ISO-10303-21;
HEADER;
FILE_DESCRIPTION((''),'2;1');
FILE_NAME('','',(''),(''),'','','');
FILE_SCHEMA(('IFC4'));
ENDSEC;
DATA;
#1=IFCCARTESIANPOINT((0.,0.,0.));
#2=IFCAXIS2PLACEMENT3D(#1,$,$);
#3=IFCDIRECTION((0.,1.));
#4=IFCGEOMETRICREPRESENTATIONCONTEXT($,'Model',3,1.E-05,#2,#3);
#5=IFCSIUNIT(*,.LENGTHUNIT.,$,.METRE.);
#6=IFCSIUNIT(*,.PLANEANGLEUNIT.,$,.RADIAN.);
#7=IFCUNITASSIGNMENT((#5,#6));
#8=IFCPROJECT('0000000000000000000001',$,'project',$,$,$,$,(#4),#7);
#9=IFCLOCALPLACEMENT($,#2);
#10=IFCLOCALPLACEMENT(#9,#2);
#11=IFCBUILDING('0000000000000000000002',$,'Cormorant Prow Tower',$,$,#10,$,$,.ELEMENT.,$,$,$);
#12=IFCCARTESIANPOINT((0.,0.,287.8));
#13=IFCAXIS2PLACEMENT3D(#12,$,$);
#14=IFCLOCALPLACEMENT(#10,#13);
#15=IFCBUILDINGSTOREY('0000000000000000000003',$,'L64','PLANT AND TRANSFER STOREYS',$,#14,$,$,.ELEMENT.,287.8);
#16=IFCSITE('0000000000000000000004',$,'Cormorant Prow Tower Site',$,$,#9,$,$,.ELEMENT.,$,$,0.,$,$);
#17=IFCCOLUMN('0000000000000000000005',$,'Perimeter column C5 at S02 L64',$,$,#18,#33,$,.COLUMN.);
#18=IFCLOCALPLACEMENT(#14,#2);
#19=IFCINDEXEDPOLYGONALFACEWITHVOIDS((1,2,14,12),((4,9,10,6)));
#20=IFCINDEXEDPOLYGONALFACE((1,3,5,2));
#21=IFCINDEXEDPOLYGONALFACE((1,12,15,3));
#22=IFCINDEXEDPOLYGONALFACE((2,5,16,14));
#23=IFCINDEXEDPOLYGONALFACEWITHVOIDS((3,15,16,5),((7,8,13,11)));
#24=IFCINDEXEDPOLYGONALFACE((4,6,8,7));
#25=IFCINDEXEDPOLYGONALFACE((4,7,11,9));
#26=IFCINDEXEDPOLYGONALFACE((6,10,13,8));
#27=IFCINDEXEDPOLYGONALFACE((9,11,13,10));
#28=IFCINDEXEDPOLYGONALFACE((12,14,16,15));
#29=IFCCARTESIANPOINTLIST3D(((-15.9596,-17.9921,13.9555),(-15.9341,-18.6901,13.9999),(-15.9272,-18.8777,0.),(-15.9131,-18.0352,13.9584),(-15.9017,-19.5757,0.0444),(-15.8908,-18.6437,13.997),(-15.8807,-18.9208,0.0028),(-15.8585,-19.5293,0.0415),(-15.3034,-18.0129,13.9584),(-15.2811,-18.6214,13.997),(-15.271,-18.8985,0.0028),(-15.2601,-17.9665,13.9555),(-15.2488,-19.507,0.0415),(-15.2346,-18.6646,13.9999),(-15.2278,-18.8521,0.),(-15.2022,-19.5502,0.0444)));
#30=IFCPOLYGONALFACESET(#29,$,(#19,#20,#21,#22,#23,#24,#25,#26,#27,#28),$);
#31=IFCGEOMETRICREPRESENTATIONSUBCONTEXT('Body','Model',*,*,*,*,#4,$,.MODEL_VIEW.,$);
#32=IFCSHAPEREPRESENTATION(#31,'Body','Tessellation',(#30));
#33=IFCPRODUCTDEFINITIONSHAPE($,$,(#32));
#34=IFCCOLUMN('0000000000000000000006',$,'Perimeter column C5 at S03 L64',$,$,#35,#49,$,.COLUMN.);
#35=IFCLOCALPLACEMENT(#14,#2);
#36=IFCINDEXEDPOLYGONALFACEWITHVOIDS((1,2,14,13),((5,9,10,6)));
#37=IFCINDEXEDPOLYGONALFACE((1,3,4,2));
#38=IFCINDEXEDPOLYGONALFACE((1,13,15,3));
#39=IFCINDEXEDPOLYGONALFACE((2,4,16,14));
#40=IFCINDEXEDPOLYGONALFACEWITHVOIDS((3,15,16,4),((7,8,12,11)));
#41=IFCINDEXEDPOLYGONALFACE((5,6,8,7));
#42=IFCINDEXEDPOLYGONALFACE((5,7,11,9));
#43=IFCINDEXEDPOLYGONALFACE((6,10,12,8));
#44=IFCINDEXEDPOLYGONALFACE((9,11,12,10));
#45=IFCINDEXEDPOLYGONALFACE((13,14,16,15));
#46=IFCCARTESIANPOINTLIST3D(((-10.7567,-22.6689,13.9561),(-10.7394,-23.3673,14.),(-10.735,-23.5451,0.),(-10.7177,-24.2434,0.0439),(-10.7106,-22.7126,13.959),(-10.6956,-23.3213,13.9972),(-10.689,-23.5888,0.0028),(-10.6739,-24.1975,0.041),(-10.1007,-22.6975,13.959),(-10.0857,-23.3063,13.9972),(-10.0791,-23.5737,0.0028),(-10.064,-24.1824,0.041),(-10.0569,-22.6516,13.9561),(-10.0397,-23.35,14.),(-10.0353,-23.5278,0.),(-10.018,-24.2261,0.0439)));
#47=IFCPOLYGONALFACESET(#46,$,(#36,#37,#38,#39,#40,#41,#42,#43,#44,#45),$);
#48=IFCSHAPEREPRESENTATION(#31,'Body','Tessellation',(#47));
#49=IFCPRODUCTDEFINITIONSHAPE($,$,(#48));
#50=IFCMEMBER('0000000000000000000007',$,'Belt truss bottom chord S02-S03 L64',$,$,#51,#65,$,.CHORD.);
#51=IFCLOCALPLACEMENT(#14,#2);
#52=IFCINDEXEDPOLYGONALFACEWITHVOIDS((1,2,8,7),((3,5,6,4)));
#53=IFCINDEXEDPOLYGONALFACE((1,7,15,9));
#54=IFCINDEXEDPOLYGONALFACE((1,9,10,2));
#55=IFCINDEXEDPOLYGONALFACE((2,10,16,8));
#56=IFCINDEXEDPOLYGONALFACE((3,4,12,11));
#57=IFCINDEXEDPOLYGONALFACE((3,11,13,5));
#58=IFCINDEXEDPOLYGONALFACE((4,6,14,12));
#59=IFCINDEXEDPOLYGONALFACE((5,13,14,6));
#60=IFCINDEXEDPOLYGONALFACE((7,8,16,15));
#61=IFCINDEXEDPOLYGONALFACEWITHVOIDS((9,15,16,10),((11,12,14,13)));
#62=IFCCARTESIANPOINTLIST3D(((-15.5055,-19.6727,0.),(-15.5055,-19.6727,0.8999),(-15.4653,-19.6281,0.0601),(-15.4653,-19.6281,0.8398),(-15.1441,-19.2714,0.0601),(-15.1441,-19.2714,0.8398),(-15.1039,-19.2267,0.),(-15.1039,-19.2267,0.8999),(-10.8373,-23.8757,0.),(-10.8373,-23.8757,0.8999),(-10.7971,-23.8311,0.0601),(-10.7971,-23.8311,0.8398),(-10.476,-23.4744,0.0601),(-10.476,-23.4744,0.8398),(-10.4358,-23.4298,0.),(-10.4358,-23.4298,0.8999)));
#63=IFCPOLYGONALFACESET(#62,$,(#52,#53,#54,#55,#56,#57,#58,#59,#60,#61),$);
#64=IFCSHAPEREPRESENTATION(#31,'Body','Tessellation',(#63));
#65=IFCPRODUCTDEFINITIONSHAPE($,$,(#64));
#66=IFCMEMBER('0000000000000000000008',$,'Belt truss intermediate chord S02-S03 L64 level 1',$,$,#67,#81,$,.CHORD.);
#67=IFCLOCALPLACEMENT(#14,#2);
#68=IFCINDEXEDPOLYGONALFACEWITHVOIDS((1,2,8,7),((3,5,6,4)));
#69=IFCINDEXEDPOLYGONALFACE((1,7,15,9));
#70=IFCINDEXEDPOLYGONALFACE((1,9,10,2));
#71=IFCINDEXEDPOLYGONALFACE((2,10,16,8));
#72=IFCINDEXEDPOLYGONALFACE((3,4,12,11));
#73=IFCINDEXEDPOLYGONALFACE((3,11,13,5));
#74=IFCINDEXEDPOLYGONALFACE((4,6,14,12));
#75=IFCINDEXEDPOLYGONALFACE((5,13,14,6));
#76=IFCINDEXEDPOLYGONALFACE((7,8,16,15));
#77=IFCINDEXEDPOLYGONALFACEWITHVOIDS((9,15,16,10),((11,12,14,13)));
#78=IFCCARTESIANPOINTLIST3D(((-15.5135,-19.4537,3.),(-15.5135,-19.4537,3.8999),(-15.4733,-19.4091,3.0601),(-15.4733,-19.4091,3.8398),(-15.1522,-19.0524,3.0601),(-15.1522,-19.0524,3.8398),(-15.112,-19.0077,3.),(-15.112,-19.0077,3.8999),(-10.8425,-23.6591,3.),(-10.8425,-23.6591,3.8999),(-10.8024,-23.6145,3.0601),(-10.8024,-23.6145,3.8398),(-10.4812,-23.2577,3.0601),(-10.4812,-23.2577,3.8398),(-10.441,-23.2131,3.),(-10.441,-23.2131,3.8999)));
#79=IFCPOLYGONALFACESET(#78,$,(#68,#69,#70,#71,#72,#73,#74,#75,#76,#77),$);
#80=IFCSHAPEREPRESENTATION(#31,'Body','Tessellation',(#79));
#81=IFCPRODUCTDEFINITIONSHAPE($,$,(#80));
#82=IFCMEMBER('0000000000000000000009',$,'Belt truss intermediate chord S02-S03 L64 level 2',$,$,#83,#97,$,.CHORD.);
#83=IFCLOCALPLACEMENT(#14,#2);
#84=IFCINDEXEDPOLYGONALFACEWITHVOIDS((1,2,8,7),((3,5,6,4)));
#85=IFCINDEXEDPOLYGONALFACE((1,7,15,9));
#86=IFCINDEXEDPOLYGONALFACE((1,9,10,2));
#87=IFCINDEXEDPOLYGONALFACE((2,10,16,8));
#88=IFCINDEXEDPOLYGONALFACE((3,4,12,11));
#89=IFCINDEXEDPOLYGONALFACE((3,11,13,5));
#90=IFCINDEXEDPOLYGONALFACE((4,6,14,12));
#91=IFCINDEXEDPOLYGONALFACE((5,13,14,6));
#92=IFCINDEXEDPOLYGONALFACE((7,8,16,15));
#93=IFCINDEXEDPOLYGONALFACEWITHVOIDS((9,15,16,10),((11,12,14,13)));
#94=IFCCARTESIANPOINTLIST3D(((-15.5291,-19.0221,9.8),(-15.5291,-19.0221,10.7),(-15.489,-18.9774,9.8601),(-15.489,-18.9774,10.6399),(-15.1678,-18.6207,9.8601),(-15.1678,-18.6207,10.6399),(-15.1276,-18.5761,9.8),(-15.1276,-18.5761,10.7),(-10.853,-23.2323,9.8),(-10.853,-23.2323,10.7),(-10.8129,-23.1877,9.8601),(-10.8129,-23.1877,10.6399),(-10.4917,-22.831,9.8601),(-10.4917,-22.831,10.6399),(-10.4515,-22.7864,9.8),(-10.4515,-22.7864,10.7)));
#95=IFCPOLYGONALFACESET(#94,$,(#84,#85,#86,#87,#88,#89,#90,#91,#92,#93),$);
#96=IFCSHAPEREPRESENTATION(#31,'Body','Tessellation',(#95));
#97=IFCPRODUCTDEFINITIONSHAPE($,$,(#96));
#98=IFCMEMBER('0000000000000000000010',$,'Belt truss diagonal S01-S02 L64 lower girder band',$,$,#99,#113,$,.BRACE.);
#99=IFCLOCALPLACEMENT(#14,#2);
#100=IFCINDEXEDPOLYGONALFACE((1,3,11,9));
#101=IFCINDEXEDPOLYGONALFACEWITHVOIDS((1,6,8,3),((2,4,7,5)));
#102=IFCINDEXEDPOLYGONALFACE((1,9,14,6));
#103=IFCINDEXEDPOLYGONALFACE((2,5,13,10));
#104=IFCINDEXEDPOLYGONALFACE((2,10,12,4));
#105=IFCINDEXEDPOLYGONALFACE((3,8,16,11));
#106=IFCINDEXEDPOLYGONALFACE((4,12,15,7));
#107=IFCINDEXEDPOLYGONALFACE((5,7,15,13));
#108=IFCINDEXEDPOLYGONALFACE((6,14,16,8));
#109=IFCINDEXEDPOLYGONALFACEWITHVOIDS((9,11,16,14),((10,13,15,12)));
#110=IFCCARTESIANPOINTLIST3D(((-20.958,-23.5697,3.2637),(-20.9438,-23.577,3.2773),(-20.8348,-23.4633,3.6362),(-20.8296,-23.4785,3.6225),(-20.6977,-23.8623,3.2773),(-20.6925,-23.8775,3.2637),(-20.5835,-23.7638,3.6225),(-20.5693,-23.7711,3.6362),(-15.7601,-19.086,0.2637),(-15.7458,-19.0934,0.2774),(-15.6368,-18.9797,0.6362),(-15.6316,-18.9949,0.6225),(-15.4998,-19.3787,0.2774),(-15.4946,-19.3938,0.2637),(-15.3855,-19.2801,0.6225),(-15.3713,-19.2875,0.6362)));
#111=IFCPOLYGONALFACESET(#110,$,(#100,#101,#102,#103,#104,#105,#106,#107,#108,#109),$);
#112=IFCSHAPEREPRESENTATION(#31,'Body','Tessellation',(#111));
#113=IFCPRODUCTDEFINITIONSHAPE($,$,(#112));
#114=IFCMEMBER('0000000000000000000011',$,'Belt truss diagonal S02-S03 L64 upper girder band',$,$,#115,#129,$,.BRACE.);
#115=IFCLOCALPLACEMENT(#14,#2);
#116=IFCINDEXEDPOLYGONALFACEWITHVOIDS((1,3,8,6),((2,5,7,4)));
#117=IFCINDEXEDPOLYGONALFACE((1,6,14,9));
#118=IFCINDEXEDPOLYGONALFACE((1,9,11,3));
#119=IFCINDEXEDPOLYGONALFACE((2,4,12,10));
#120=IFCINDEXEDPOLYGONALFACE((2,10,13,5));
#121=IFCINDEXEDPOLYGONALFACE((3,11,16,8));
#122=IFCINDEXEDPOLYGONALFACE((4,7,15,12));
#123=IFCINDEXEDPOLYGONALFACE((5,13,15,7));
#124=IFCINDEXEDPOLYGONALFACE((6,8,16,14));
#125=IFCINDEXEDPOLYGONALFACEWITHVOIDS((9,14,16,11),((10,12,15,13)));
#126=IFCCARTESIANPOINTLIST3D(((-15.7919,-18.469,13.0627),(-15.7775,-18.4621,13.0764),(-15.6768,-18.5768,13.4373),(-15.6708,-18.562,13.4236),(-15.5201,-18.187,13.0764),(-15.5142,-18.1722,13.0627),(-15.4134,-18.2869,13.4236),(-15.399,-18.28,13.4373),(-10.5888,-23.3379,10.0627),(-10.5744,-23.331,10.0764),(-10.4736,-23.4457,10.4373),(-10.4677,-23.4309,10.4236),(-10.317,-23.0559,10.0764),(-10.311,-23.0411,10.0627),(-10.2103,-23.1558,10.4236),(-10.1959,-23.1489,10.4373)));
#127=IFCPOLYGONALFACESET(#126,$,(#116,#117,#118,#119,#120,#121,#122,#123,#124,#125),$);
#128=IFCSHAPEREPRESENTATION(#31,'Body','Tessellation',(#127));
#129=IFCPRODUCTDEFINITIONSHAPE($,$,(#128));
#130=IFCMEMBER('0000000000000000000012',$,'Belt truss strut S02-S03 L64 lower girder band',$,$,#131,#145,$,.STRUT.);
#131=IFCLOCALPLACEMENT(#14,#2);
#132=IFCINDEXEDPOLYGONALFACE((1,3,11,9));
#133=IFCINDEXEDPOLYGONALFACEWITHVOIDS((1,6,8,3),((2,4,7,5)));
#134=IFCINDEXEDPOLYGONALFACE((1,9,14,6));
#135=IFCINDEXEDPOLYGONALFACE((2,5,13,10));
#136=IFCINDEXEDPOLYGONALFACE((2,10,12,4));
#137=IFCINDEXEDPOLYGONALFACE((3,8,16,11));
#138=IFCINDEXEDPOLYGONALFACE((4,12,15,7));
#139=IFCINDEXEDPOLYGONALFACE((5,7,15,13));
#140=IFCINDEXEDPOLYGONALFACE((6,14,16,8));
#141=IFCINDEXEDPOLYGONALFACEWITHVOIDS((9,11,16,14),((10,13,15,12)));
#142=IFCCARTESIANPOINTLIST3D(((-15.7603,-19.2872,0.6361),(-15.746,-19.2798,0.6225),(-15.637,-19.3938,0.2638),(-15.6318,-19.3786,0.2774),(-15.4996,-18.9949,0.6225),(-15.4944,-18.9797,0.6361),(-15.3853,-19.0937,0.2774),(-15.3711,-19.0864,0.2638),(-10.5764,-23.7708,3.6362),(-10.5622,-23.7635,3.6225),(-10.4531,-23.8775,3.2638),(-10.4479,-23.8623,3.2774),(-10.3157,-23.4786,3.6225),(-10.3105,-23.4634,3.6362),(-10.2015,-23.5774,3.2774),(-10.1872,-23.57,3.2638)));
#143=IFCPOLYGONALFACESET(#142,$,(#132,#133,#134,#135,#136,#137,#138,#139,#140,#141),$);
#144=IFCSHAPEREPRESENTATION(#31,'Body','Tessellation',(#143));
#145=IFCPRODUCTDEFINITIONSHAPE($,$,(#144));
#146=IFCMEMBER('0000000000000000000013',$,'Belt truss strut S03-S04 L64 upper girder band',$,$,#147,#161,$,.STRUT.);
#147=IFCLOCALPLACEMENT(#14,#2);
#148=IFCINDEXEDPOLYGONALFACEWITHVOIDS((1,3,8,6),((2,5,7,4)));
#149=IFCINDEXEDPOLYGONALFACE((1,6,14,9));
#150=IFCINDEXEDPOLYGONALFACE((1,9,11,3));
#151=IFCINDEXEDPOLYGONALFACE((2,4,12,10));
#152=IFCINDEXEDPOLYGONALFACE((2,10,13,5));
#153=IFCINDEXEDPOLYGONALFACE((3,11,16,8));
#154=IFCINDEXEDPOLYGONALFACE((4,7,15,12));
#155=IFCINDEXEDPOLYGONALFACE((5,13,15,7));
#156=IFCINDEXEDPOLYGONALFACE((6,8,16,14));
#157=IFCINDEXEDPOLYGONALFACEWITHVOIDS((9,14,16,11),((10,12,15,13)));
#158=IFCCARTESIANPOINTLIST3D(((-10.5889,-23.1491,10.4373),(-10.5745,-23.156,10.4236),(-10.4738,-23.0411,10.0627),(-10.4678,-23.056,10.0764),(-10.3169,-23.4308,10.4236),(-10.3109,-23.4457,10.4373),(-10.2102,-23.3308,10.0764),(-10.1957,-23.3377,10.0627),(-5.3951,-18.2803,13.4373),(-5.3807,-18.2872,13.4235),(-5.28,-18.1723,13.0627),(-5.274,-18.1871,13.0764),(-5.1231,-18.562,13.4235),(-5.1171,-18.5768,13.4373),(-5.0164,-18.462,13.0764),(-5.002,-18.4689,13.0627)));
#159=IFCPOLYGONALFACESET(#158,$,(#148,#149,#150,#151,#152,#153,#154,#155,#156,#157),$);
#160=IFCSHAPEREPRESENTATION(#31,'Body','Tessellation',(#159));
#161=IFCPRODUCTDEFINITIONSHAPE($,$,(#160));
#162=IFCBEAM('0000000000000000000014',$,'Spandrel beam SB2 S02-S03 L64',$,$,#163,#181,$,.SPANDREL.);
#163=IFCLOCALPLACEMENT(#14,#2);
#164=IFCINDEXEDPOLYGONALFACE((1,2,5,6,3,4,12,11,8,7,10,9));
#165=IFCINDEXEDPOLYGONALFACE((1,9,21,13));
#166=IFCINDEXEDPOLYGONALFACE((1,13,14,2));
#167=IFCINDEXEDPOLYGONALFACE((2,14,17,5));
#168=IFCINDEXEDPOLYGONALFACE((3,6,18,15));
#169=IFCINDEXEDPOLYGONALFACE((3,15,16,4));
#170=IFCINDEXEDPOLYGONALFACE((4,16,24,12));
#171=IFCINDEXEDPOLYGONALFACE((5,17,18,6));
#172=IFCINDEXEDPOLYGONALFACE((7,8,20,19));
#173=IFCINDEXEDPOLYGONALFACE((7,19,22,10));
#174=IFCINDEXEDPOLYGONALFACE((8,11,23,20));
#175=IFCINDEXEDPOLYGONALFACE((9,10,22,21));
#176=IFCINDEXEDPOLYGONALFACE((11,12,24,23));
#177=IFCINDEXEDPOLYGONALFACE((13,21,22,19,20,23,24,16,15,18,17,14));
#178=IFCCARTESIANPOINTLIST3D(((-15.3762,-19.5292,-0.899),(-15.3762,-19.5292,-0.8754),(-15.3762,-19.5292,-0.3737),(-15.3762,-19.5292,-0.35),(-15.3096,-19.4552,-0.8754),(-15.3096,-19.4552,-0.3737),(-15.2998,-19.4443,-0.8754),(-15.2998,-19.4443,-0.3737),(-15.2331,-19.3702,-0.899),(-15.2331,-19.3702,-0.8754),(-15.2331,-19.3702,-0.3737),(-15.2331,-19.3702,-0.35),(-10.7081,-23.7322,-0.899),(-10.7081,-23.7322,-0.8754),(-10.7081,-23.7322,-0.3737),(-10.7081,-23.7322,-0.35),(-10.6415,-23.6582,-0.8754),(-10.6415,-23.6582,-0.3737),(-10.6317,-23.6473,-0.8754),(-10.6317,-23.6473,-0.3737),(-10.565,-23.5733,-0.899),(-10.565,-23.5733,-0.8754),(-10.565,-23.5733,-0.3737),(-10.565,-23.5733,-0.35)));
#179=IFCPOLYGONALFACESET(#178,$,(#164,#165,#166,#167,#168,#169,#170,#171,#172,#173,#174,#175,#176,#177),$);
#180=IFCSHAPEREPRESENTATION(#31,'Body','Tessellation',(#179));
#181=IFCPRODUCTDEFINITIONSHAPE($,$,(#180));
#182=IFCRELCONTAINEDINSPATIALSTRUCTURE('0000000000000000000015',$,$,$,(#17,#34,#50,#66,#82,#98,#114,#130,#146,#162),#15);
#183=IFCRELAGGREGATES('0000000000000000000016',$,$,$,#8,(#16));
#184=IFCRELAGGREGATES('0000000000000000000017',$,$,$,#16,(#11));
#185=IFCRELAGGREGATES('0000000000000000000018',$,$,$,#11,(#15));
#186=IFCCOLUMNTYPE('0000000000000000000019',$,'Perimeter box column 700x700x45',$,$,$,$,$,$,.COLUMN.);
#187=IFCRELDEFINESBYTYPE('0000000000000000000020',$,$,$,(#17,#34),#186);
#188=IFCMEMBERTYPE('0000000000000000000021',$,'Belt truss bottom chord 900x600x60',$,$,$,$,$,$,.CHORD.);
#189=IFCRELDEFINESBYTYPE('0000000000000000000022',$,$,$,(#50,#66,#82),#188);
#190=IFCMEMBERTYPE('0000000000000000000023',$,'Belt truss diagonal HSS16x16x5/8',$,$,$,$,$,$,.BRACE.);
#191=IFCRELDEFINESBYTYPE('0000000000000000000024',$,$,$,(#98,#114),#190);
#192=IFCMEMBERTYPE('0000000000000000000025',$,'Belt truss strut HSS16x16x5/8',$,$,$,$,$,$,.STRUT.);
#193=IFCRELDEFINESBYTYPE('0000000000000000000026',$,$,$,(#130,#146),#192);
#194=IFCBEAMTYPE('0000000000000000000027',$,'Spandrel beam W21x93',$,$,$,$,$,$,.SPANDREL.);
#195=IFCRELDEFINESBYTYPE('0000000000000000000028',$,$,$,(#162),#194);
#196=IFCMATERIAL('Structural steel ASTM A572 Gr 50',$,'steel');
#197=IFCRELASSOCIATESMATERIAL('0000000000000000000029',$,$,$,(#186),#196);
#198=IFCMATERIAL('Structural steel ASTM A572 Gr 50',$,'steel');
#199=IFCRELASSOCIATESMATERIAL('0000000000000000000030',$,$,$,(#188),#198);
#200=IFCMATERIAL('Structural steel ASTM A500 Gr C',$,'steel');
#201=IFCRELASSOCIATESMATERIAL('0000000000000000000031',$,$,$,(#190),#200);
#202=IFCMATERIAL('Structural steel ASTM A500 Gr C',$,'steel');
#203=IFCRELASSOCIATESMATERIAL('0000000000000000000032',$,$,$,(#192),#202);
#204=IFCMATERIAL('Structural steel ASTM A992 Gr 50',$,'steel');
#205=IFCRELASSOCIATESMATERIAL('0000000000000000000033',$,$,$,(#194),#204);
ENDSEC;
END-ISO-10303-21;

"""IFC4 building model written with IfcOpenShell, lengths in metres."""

from ifc_helpers import new_model, si_unit, direction, frame, origin, origin_2d, place, context, subcontext, project, spatial, hollow_rectangle, i_section, extrude, material, material_profile, profile_set, type_object, element, save


model = new_model("IFC4")

# Units and contexts
model_context = context("Model", 3, precision=1e-05, world=origin(), true_north=direction((0.0, 1.0)))
body_context = subcontext(model_context, "Body", "Model", "MODEL_VIEW")
ifc_project = project(units=[si_unit("LENGTHUNIT", "METRE"), si_unit("PLANEANGLEUNIT", "RADIAN")], contexts=[model_context])

# Site, building, storey
site_placement = place(None, origin())
site = spatial("IfcSite", under=ifc_project, at=site_placement, Name="Cormorant Prow Tower Site", CompositionType="ELEMENT", RefElevation=0.0)
building_placement = place(site_placement, origin())
building = spatial("IfcBuilding", under=site, at=building_placement, Name="Cormorant Prow Tower", CompositionType="ELEMENT")
storey_placement = place(building_placement, frame((0.0, 0.0, 287.8)))
storey = spatial("IfcBuildingStorey", under=building, at=storey_placement, Name="L64", Description="PLANT AND TRANSFER STOREYS", CompositionType="ELEMENT", Elevation=287.8)

# Columns
ifc_material_1 = material(Name="Structural steel ASTM A572 Gr 50", Category="steel")
ifc_material_profile_1 = material_profile(ifc_material_1, hollow_rectangle(XDim=0.7, YDim=0.7, WallThickness=0.0449, at=origin_2d()), Name="Box 700x700x45")
ifc_profile_set_1 = profile_set([ifc_material_profile_1], Name="Structural steel ASTM A572 Gr 50")
column_type = type_object("IfcColumnType", Name="Perimeter box column 700x700x45", PredefinedType="COLUMN", material=ifc_profile_set_1)
column_1_placement = place(storey_placement, frame((-15.5647, -19.2153, 0.0), z_axis=(-0.002315, 0.063332, 0.99799), x_axis=(-0.999333, -0.036524, 0.0)))
element("IfcColumn", 1, at=column_1_placement, inside=storey, type_object=column_type, Name="Perimeter column C5 at S02 L64", PredefinedType="COLUMN", context=body_context, shape_type="SweptSolid", body=[
    extrude(hollow_rectangle(XDim=0.7, YDim=0.7, WallThickness=0.0449, at=origin_2d()), frame((0.0, 0.0, 0.0222)), (0.0, 0.0, 1.0), 13.9836),
])
column_2_placement = place(storey_placement, frame((-10.3765, -23.887, 0.0), z_axis=(-0.001549, 0.062656, 0.998034), x_axis=(-0.999695, -0.024715, 0.0)))
element("IfcColumn", 2, at=column_2_placement, inside=storey, type_object=column_type, Name="Perimeter column C5 at S03 L64", PredefinedType="COLUMN", context=body_context, shape_type="SweptSolid", body=[
    extrude(hollow_rectangle(XDim=0.7, YDim=0.7, WallThickness=0.0449, at=origin_2d()), frame((0.0, 0.0, 0.022)), (0.0, 0.0, 1.0), 13.9836),
])

# Members
ifc_material_2 = material(Name="Structural steel ASTM A572 Gr 50", Category="steel")
ifc_material_profile_2 = material_profile(ifc_material_2, hollow_rectangle(XDim=0.6001, YDim=0.8999, WallThickness=0.0601, at=origin_2d()), Name="Box 900x600x60")
ifc_profile_set_2 = profile_set([ifc_material_profile_2], Name="Structural steel ASTM A572 Gr 50")
member_type_1 = type_object("IfcMemberType", Name="Belt truss bottom chord 900x600x60", PredefinedType="CHORD", material=ifc_profile_set_2)
member_1_placement = place(storey_placement, frame((-15.3047, -19.4497, 0.45), z_axis=(0.743157, -0.669117, 0.0), x_axis=(0.669117, 0.743157, 0.0)))
element("IfcMember", 3, at=member_1_placement, inside=storey, type_object=member_type_1, Name="Belt truss bottom chord S02-S03 L64", PredefinedType="CHORD", context=body_context, shape_type="SweptSolid", body=[
    extrude(hollow_rectangle(XDim=0.6001, YDim=0.8999, WallThickness=0.0601, at=origin_2d()), origin(), (0.0, 0.0, 1.0), 6.2815),
])
member_2_placement = place(storey_placement, frame((-15.3127, -19.2307, 3.45), z_axis=(0.743174, -0.669098, 0.0), x_axis=(0.669098, 0.743174, 0.0)))
element("IfcMember", 4, at=member_2_placement, inside=storey, type_object=member_type_1, Name="Belt truss intermediate chord S02-S03 L64 level 1", PredefinedType="CHORD", context=body_context, shape_type="SweptSolid", body=[
    extrude(hollow_rectangle(XDim=0.6001, YDim=0.8999, WallThickness=0.0601, at=origin_2d()), origin(), (0.0, 0.0, 1.0), 6.2852),
])
member_3_placement = place(storey_placement, frame((-15.3284, -18.7991, 10.25), z_axis=(0.743153, -0.669121, 0.0), x_axis=(0.669121, 0.743153, 0.0)))
element("IfcMember", 5, at=member_3_placement, inside=storey, type_object=member_type_1, Name="Belt truss intermediate chord S02-S03 L64 level 2", PredefinedType="CHORD", context=body_context, shape_type="SweptSolid", body=[
    extrude(hollow_rectangle(XDim=0.6001, YDim=0.8999, WallThickness=0.0601, at=origin_2d()), origin(), (0.0, 0.0, 1.0), 6.2922),
])
ifc_material_3 = material(Name="Structural steel ASTM A500 Gr C", Category="steel")
ifc_material_profile_3 = material_profile(ifc_material_3, hollow_rectangle(XDim=0.4065, YDim=0.4065, WallThickness=0.0149, at=origin_2d()), Name="HSS16x16x5/8")
ifc_profile_set_3 = profile_set([ifc_material_profile_3], Name="Structural steel ASTM A500 Gr C")
member_type_2 = type_object("IfcMemberType", Name="Belt truss diagonal HSS16x16x5/8", PredefinedType="BRACE", material=ifc_profile_set_3)
member_4_placement = place(storey_placement, frame((-15.5657, -19.1868, 0.45), z_axis=(-0.693855, -0.598499, 0.400455), x_axis=(0.653158, -0.757222, 0.0)))
element("IfcMember", 6, at=member_4_placement, inside=storey, type_object=member_type_2, Name="Belt truss diagonal S01-S02 L64 lower girder band", PredefinedType="BRACE", context=body_context, shape_type="SweptSolid", body=[
    extrude(hollow_rectangle(XDim=0.4065, YDim=0.4065, WallThickness=0.0149, at=origin_2d()), origin(), (0.0, 0.0, 1.0), 7.4915),
])
member_5_placement = place(storey_placement, frame((-10.3923, -23.2434, 10.25), z_axis=(-0.672963, 0.629734, 0.388015), x_axis=(-0.683266, -0.730169, 0.0)))
element("IfcMember", 7, at=member_5_placement, inside=storey, type_object=member_type_2, Name="Belt truss diagonal S02-S03 L64 upper girder band", PredefinedType="BRACE", context=body_context, shape_type="SweptSolid", body=[
    extrude(hollow_rectangle(XDim=0.4065, YDim=0.4065, WallThickness=0.0149, at=origin_2d()), origin(), (0.0, 0.0, 1.0), 7.7317),
])
ifc_material_4 = material(Name="Structural steel ASTM A500 Gr C", Category="steel")
ifc_material_profile_4 = material_profile(ifc_material_4, hollow_rectangle(XDim=0.4065, YDim=0.4065, WallThickness=0.0149, at=origin_2d()), Name="HSS16x16x5/8")
ifc_profile_set_4 = profile_set([ifc_material_profile_4], Name="Structural steel ASTM A500 Gr C")
member_type_3 = type_object("IfcMemberType", Name="Belt truss strut HSS16x16x5/8", PredefinedType="STRUT", material=ifc_profile_set_4)
member_6_placement = place(storey_placement, frame((-15.5657, -19.1868, 0.45), z_axis=(0.692873, -0.599285, 0.400981), x_axis=(0.654179, 0.75634, 0.0)))
element("IfcMember", 8, at=member_6_placement, inside=storey, type_object=member_type_3, Name="Belt truss strut S02-S03 L64 lower girder band", PredefinedType="STRUT", context=body_context, shape_type="SweptSolid", body=[
    extrude(hollow_rectangle(XDim=0.4065, YDim=0.4065, WallThickness=0.0149, at=origin_2d()), origin(), (0.0, 0.0, 1.0), 7.4817),
])
member_7_placement = place(storey_placement, frame((-10.3923, -23.2434, 10.25), z_axis=(0.672306, 0.630243, 0.388328), x_axis=(-0.683916, 0.729561, 0.0)))
element("IfcMember", 9, at=member_7_placement, inside=storey, type_object=member_type_3, Name="Belt truss strut S03-S04 L64 upper girder band", PredefinedType="STRUT", context=body_context, shape_type="SweptSolid", body=[
    extrude(hollow_rectangle(XDim=0.4065, YDim=0.4065, WallThickness=0.0149, at=origin_2d()), origin(), (0.0, 0.0, 1.0), 7.7253),
])

# Beam
ifc_material_5 = material(Name="Structural steel ASTM A992 Gr 50", Category="steel")
ifc_material_profile_5 = material_profile(ifc_material_5, i_section(OverallWidth=0.2139, OverallDepth=0.5491, WebThickness=0.0146, FlangeThickness=0.0237, at=origin_2d()), Name="W21x93")
ifc_profile_set_5 = profile_set([ifc_material_profile_5], Name="Structural steel ASTM A992 Gr 50")
beam_type = type_object("IfcBeamType", Name="Spandrel beam W21x93", PredefinedType="SPANDREL", material=ifc_profile_set_5)
beam_placement = place(storey_placement, frame((-15.3047, -19.4497, -0.6245), z_axis=(0.743157, -0.669117, 0.0), x_axis=(0.669117, 0.743157, 0.0)))
element("IfcBeam", 10, at=beam_placement, inside=storey, type_object=beam_type, Name="Spandrel beam SB2 S02-S03 L64", PredefinedType="SPANDREL", context=body_context, shape_type="SweptSolid", body=[
    extrude(i_section(OverallWidth=0.2139, OverallDepth=0.5491, WebThickness=0.0146, FlangeThickness=0.0237, at=origin_2d()), origin(), (0.0, 0.0, 1.0), 6.2815),
])

save(model, "model.ifc")
